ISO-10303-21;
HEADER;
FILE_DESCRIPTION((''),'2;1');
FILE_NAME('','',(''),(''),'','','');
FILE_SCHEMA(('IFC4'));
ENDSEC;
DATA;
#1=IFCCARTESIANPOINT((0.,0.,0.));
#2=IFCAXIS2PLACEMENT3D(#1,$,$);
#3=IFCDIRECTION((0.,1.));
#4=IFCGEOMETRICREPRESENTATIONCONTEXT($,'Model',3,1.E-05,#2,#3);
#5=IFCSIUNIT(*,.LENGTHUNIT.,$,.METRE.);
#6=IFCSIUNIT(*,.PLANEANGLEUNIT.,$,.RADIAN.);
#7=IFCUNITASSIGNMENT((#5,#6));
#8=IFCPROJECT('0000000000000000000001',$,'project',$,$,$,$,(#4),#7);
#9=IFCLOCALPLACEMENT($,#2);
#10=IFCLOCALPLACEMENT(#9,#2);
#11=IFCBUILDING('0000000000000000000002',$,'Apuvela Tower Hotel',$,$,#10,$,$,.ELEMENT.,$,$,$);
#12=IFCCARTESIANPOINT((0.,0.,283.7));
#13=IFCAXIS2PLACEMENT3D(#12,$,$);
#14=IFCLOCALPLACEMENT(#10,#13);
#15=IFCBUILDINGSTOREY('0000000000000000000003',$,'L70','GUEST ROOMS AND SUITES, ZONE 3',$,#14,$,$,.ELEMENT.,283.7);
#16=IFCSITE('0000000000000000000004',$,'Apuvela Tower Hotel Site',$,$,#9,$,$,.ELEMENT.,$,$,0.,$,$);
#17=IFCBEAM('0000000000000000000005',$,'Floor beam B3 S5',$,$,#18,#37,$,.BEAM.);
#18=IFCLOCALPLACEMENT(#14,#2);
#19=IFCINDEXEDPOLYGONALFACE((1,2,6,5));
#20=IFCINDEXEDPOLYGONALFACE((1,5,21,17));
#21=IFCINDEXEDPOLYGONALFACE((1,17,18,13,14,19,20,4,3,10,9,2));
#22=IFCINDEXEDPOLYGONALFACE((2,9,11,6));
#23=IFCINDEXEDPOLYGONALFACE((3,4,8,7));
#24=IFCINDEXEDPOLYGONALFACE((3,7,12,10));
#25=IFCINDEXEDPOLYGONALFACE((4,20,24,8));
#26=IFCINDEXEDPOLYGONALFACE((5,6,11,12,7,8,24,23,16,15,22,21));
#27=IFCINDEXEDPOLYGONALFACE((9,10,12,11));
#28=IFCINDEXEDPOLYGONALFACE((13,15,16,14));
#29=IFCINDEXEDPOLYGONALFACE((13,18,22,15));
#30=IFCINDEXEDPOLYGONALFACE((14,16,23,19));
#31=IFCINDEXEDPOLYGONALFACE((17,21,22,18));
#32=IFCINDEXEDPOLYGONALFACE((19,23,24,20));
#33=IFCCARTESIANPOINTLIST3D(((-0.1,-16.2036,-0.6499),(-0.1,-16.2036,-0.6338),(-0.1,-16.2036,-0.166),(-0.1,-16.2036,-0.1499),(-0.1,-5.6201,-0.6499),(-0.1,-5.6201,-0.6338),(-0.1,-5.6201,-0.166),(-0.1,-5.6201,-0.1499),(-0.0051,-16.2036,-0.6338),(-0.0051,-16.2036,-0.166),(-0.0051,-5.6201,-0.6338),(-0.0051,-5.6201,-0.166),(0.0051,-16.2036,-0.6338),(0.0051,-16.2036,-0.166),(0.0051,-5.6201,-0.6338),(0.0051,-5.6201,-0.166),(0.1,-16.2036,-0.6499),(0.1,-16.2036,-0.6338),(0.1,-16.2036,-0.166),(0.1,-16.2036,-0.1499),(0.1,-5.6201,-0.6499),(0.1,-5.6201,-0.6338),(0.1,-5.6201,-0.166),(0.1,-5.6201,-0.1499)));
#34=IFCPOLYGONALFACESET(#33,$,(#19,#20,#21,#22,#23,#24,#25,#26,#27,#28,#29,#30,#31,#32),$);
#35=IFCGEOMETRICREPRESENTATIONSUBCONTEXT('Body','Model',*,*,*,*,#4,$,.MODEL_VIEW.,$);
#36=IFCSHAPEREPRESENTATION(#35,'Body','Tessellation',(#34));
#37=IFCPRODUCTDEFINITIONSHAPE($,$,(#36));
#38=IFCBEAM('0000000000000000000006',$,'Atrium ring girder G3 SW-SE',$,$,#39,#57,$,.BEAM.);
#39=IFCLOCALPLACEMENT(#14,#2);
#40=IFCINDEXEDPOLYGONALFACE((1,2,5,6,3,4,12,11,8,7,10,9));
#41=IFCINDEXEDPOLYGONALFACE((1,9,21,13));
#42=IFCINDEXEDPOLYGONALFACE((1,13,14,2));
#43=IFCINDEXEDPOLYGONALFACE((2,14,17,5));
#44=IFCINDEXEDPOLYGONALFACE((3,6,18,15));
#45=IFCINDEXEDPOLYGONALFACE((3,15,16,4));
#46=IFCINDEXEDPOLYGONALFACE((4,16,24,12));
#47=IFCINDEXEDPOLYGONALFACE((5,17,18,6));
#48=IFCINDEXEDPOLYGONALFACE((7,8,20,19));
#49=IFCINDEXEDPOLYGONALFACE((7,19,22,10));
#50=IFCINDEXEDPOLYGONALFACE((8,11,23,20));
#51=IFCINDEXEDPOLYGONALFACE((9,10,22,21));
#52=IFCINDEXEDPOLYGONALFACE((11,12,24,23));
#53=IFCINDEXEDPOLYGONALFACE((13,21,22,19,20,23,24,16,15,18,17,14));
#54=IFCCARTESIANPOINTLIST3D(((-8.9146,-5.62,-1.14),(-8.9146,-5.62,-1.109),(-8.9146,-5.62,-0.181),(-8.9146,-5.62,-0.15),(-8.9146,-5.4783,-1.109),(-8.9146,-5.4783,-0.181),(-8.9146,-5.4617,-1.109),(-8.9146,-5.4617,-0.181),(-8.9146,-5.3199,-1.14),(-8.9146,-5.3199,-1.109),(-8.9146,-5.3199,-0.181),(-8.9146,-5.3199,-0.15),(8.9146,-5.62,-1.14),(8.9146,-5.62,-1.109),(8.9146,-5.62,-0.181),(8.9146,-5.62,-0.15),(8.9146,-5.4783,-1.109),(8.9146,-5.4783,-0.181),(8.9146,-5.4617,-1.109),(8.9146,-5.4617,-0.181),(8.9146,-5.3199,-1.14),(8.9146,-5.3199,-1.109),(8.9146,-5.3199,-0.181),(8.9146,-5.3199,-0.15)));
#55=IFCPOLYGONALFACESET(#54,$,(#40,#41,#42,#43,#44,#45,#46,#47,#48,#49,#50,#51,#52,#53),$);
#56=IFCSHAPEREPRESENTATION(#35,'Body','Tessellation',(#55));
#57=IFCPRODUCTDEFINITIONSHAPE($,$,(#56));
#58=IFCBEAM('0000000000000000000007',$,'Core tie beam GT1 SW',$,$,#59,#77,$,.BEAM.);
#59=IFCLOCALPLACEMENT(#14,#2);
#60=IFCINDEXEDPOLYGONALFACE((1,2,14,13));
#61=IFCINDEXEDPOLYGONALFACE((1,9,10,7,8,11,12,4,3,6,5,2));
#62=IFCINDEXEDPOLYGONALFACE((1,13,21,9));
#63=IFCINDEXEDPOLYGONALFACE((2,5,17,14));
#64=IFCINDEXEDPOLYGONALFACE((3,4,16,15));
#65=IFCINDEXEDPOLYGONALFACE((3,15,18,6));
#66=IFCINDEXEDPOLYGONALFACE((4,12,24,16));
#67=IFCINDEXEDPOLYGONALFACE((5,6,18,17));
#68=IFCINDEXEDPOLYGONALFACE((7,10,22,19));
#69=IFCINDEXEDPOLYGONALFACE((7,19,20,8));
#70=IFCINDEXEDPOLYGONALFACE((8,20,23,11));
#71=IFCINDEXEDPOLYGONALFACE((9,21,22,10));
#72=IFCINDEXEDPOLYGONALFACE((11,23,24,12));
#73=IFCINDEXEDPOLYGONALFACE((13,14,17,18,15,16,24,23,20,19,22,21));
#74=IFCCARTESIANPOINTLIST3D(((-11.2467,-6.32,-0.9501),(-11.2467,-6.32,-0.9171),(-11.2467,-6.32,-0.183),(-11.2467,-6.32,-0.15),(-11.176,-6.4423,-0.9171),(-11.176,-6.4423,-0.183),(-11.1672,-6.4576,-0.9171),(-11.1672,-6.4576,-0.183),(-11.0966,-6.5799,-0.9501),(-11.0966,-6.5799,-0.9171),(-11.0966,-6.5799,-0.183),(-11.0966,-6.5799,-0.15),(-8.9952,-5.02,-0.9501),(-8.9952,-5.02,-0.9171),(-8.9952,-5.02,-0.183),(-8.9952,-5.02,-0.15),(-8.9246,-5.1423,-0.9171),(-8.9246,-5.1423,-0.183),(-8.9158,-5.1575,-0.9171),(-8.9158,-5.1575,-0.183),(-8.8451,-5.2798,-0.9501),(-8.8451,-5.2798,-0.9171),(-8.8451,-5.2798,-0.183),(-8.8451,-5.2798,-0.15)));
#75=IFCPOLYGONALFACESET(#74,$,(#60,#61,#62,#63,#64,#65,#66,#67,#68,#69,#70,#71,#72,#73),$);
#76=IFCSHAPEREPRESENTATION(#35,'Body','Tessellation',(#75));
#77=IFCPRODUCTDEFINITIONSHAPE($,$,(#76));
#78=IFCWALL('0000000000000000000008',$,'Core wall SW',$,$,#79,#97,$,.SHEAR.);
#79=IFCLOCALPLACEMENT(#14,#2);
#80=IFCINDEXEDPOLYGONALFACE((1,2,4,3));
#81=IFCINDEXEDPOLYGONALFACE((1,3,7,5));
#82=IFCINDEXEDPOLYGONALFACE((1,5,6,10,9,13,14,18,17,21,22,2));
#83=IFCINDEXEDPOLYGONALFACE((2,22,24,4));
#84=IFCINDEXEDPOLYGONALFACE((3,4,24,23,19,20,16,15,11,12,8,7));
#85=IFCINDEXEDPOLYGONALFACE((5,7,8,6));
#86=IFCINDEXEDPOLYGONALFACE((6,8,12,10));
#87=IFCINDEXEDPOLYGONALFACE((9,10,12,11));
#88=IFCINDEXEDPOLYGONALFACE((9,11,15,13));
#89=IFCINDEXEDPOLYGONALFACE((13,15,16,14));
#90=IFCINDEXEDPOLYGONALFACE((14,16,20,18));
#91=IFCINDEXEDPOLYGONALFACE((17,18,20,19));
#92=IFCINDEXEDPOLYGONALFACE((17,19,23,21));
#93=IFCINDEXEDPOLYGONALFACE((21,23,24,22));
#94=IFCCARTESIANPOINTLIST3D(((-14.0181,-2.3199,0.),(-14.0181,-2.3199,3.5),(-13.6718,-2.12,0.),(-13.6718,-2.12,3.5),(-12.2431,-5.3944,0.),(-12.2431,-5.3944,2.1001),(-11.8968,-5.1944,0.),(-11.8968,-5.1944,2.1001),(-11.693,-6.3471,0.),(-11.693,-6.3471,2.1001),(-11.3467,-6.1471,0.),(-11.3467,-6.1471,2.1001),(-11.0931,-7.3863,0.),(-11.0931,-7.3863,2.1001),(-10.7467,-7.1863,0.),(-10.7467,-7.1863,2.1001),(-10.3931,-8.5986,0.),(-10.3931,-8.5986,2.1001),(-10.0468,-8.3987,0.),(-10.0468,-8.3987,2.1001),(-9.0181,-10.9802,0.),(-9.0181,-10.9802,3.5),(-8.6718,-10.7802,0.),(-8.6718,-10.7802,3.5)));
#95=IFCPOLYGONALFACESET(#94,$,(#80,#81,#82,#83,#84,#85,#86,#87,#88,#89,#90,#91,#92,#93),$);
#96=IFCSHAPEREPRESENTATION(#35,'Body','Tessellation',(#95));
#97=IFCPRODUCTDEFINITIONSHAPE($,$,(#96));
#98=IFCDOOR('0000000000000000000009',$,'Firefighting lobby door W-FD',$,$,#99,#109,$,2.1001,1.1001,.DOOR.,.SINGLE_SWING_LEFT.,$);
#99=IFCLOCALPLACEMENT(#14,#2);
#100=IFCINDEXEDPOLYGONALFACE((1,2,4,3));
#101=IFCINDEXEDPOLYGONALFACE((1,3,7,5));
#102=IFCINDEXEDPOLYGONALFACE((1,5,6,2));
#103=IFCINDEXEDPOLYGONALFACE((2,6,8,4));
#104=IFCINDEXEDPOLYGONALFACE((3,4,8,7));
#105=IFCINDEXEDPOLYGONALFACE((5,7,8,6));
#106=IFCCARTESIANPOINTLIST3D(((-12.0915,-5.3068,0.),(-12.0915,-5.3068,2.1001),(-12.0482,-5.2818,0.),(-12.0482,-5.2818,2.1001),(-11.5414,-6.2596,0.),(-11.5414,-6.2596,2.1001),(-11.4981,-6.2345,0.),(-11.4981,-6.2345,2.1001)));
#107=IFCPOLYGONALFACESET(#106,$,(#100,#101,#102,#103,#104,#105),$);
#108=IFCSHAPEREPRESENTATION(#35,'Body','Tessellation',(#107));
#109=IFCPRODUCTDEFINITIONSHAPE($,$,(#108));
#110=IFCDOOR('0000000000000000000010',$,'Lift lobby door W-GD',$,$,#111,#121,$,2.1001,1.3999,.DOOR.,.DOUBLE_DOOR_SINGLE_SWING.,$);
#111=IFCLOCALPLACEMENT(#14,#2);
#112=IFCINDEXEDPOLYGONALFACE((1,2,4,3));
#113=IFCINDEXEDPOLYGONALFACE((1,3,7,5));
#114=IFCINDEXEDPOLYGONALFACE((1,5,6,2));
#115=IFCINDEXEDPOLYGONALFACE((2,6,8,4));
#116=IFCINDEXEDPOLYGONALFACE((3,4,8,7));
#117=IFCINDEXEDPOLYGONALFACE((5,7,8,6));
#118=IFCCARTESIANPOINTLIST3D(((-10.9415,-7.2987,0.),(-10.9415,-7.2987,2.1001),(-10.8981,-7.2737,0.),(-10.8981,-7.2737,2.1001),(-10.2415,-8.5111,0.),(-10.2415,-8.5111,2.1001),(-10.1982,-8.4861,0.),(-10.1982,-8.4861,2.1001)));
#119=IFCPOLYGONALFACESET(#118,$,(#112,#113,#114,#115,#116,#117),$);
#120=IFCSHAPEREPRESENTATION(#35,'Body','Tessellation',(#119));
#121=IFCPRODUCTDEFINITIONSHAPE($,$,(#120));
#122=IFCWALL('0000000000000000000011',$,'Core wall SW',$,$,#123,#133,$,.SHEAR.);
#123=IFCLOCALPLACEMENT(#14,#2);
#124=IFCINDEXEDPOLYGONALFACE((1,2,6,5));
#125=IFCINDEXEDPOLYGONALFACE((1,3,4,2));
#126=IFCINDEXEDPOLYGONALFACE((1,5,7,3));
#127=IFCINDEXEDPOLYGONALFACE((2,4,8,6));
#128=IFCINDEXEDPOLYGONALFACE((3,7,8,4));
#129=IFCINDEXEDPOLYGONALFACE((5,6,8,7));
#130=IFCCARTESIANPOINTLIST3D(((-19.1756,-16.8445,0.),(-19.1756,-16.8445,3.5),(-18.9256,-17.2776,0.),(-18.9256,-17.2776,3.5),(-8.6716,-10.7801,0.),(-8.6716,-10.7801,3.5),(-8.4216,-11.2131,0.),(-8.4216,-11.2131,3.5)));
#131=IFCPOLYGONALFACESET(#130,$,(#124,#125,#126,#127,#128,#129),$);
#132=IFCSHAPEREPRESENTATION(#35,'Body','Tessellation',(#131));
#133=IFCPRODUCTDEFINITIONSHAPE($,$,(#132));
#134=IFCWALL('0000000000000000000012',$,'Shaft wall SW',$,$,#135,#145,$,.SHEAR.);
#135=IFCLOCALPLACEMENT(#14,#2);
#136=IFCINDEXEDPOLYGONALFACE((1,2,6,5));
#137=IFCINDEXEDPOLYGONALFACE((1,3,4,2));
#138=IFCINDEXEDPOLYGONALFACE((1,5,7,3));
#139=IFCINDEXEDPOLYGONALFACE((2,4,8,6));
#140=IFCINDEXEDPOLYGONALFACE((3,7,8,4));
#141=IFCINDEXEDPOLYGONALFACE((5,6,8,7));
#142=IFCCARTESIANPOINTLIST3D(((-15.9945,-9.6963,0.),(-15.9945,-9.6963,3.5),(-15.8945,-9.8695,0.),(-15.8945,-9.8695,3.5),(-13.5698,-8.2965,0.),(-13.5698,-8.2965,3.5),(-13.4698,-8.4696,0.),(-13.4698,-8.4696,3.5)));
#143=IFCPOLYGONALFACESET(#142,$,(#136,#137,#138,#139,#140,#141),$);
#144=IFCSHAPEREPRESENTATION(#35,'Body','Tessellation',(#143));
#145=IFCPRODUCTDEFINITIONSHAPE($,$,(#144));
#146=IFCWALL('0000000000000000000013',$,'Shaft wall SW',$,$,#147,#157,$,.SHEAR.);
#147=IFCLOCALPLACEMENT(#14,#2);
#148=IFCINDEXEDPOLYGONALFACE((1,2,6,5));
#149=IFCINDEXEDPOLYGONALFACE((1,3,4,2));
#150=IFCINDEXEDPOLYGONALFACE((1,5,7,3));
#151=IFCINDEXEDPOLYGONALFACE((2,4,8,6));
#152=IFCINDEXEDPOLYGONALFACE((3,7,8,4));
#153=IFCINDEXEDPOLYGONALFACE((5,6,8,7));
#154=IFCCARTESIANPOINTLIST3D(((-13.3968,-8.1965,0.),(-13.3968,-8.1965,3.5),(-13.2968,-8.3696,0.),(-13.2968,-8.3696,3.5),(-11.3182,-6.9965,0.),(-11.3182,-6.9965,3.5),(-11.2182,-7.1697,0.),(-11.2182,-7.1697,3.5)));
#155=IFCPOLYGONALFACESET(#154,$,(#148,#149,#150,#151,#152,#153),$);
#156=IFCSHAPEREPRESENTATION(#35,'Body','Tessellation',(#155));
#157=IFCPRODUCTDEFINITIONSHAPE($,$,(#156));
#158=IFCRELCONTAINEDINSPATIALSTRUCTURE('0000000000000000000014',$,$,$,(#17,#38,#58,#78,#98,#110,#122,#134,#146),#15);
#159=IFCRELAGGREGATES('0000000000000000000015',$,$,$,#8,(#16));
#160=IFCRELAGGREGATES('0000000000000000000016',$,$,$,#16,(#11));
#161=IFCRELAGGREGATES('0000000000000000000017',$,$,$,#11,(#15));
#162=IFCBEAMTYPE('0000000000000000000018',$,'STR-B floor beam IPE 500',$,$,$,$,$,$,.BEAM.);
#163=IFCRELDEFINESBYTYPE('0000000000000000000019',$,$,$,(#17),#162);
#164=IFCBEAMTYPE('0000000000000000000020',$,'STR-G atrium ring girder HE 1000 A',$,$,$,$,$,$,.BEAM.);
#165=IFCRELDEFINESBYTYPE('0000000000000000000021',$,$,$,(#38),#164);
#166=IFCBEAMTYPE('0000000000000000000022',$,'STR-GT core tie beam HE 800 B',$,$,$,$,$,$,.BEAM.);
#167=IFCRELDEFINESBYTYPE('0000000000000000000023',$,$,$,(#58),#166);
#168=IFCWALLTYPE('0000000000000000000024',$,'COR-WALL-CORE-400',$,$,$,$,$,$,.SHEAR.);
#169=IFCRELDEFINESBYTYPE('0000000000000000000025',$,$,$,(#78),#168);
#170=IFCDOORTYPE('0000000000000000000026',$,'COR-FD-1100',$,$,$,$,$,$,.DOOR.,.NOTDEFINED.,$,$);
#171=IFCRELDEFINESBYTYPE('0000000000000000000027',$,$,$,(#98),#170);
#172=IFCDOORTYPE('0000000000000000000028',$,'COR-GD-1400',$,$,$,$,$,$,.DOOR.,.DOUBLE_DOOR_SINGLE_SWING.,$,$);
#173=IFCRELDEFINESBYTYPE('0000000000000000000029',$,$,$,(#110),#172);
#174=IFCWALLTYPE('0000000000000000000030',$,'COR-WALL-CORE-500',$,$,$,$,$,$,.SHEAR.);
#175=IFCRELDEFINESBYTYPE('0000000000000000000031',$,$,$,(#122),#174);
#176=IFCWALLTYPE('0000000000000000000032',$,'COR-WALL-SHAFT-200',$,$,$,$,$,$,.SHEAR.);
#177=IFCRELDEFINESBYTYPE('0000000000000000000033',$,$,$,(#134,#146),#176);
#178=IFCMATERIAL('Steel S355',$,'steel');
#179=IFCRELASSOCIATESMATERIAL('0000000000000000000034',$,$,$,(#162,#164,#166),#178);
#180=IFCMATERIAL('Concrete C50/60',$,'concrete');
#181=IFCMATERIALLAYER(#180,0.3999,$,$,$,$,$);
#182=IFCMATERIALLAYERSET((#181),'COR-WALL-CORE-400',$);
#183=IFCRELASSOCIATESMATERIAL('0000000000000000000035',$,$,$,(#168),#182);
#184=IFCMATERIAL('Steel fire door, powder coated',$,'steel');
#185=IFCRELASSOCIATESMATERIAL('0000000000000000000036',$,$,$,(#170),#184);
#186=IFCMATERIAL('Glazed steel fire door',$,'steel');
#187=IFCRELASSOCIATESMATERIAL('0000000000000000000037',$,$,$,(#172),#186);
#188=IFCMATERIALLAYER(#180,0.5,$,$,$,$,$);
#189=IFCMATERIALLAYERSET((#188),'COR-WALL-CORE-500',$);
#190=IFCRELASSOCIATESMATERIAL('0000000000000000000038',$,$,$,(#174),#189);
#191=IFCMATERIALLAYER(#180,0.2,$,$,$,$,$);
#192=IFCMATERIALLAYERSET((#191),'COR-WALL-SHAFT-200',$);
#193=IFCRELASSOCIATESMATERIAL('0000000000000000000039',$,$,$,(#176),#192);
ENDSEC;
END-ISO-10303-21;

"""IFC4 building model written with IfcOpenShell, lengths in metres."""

from ifc_helpers import new_model, si_unit, direction, frame, frame_2d, origin, origin_2d, place, context, subcontext, project, spatial, rectangle, i_section, extrude, material, layer, layer_set, material_profile, profile_set, type_object, element, fill, save


model = new_model("IFC4")

# Units and contexts
model_context = context("Model", 3, precision=1e-05, world=origin(), true_north=direction((0.0, 1.0)))
body_context = subcontext(model_context, "Body", "Model", "MODEL_VIEW")
ifc_project = project(units=[si_unit("LENGTHUNIT", "METRE"), si_unit("PLANEANGLEUNIT", "RADIAN")], contexts=[model_context])

# Site, building, storey
site_placement = place(None, origin())
site = spatial("IfcSite", under=ifc_project, at=site_placement, Name="Apuvela Tower Hotel Site", CompositionType="ELEMENT", RefElevation=0.0)
building_placement = place(site_placement, origin())
building = spatial("IfcBuilding", under=site, at=building_placement, Name="Apuvela Tower Hotel", CompositionType="ELEMENT")
storey_placement = place(building_placement, frame((0.0, 0.0, 283.7)))
storey = spatial("IfcBuildingStorey", under=building, at=storey_placement, Name="L70", Description="GUEST ROOMS AND SUITES, ZONE 3", CompositionType="ELEMENT", Elevation=283.7)

# Beams
ifc_material_1 = material(Name="Steel S355", Category="steel")
ifc_material_profile_1 = material_profile(ifc_material_1, i_section(OverallWidth=0.2, OverallDepth=0.5, WebThickness=0.0103, FlangeThickness=0.0161, at=origin_2d()), Name="IPE 500")
ifc_profile_set_1 = profile_set([ifc_material_profile_1], Name="Steel S355")
beam_type_1 = type_object("IfcBeamType", Name="STR-B floor beam IPE 500", PredefinedType="BEAM", material=ifc_profile_set_1)
beam_1_placement = place(storey_placement, frame((0.0, -16.2036, -0.3999), z_axis=(0.0, 1.0, 0.0), x_axis=(-1.0, 0.0, 0.0)))
element("IfcBeam", 1, at=beam_1_placement, inside=storey, type_object=beam_type_1, Name="Floor beam B3 S5", PredefinedType="BEAM", context=body_context, shape_type="SweptSolid", body=[
    extrude(i_section(OverallWidth=0.2, OverallDepth=0.5, WebThickness=0.0103, FlangeThickness=0.0161, at=origin_2d()), origin(), (0.0, 0.0, 1.0), 10.5835),
])
ifc_material_profile_2 = material_profile(ifc_material_1, i_section(OverallWidth=0.3, OverallDepth=0.99, WebThickness=0.0166, FlangeThickness=0.031, at=origin_2d()), Name="HE 1000 A")
ifc_profile_set_2 = profile_set([ifc_material_profile_2], Name="Steel S355")
beam_type_2 = type_object("IfcBeamType", Name="STR-G atrium ring girder HE 1000 A", PredefinedType="BEAM", material=ifc_profile_set_2)
beam_2_placement = place(storey_placement, frame((-8.9146, -5.47, -0.645), z_axis=(1.0, 0.0, 0.0), x_axis=(0.0, 1.0, 0.0)))
element("IfcBeam", 2, at=beam_2_placement, inside=storey, type_object=beam_type_2, Name="Atrium ring girder G3 SW-SE", PredefinedType="BEAM", context=body_context, shape_type="SweptSolid", body=[
    extrude(i_section(OverallWidth=0.3, OverallDepth=0.99, WebThickness=0.0166, FlangeThickness=0.031, at=origin_2d()), origin(), (0.0, 0.0, 1.0), 17.8291),
])
ifc_material_profile_3 = material_profile(ifc_material_1, i_section(OverallWidth=0.3, OverallDepth=0.8, WebThickness=0.0176, FlangeThickness=0.033, at=origin_2d()), Name="HE 800 B")
ifc_profile_set_3 = profile_set([ifc_material_profile_3], Name="Steel S355")
beam_type_3 = type_object("IfcBeamType", Name="STR-GT core tie beam HE 800 B", PredefinedType="BEAM", material=ifc_profile_set_3)
beam_3_placement = place(storey_placement, frame((-11.1716, -6.45, -0.55), z_axis=(0.865998, 0.500048, 0.0), x_axis=(-0.500048, 0.865998, 0.0)))
element("IfcBeam", 3, at=beam_3_placement, inside=storey, type_object=beam_type_3, Name="Core tie beam GT1 SW", PredefinedType="BEAM", context=body_context, shape_type="SweptSolid", body=[
    extrude(i_section(OverallWidth=0.3, OverallDepth=0.8, WebThickness=0.0176, FlangeThickness=0.033, at=origin_2d()), origin(), (0.0, 0.0, 1.0), 2.5999),
])

# Wall, openings, doors
ifc_material_2 = material(Name="Concrete C50/60", Category="concrete")
ifc_layer_1 = layer(ifc_material_2, 0.3999)
ifc_layer_set_1 = layer_set([ifc_layer_1], Name="COR-WALL-CORE-400")
wall_type_1 = type_object("IfcWallType", Name="COR-WALL-CORE-400", PredefinedType="SHEAR", material=ifc_layer_set_1)
wall_1_placement = place(storey_placement, frame((-13.845, -2.22, 0.0), z_axis=(0.0, 0.0, 1.0), x_axis=(0.500004, -0.866023, 0.0)))
wall_1 = element("IfcWall", 4, at=wall_1_placement, inside=storey, type_object=wall_type_1, Name="Core wall SW", PredefinedType="SHEAR", context=body_context, shape_type="SweptSolid", body=[
    extrude(rectangle(XDim=10.0, YDim=0.3999, at=frame_2d((5.0, 0.0))), origin(), (0.0, 0.0, 1.0), 3.5),
])
opening_1_placement = place(wall_1_placement, frame((3.55, 0.0, 0.0)))
opening_1 = element("IfcOpeningElement", 5, at=opening_1_placement, cuts=wall_1, PredefinedType="OPENING", context=body_context, shape_type="SweptSolid", body=[
    extrude(rectangle(XDim=1.1001, YDim=2.1001, at=frame_2d((0.55, 1.05))), frame((0.0, 0.21, 0.0), z_axis=(0.0, -1.0, 0.0), x_axis=(1.0, 0.0, 0.0)), (0.0, 0.0, 1.0), 0.4199),
])
opening_2_placement = place(wall_1_placement, frame((5.8501, 0.0, 0.0)))
opening_2 = element("IfcOpeningElement", 6, at=opening_2_placement, cuts=wall_1, PredefinedType="OPENING", context=body_context, shape_type="SweptSolid", body=[
    extrude(rectangle(XDim=1.3999, YDim=2.1001, at=frame_2d((0.7, 1.05))), frame((0.0, 0.21, 0.0), z_axis=(0.0, -1.0, 0.0), x_axis=(1.0, 0.0, 0.0)), (0.0, 0.0, 1.0), 0.4199),
])
ifc_material_3 = material(Name="Steel fire door, powder coated", Category="steel")
door_type_1 = type_object("IfcDoorType", Name="COR-FD-1100", OperationType="NOTDEFINED", PredefinedType="DOOR", material=ifc_material_3)
door_1_placement = place(opening_1_placement, frame((1.1001, 0.0, 0.0), z_axis=(0.0, 0.0, 1.0), x_axis=(-1.0, 0.0, 0.0)))
door_1 = element("IfcDoor", 7, at=door_1_placement, inside=storey, type_object=door_type_1, Name="Firefighting lobby door W-FD", OperationType="SINGLE_SWING_LEFT", OverallHeight=2.1001, OverallWidth=1.1001, PredefinedType="DOOR", context=body_context, shape_type="SweptSolid", body=[
    extrude(rectangle(XDim=1.1001, YDim=2.1001, at=frame_2d((0.55, 1.05))), frame((0.0, 0.0249, 0.0), z_axis=(0.0, -1.0, 0.0), x_axis=(1.0, 0.0, 0.0)), (0.0, 0.0, 1.0), 0.05),
])
fill(opening_1, door_1)
ifc_material_4 = material(Name="Glazed steel fire door", Category="steel")
door_type_2 = type_object("IfcDoorType", Name="COR-GD-1400", OperationType="DOUBLE_DOOR_SINGLE_SWING", PredefinedType="DOOR", material=ifc_material_4)
door_2_placement = place(opening_2_placement, frame((1.3999, 0.0, 0.0), z_axis=(0.0, 0.0, 1.0), x_axis=(-1.0, 0.0, 0.0)))
door_2 = element("IfcDoor", 8, at=door_2_placement, inside=storey, type_object=door_type_2, Name="Lift lobby door W-GD", OperationType="DOUBLE_DOOR_SINGLE_SWING", OverallHeight=2.1001, OverallWidth=1.3999, PredefinedType="DOOR", context=body_context, shape_type="SweptSolid", body=[
    extrude(rectangle(XDim=1.3999, YDim=2.1001, at=frame_2d((0.7, 1.05))), frame((0.0, 0.0249, 0.0), z_axis=(0.0, -1.0, 0.0), x_axis=(1.0, 0.0, 0.0)), (0.0, 0.0, 1.0), 0.05),
])
fill(opening_2, door_2)

# Walls
ifc_layer_2 = layer(ifc_material_2, 0.5)
ifc_layer_set_2 = layer_set([ifc_layer_2], Name="COR-WALL-CORE-500")
wall_type_2 = type_object("IfcWallType", Name="COR-WALL-CORE-500", PredefinedType="SHEAR", material=ifc_layer_set_2)
wall_2_placement = place(storey_placement, frame((-8.5466, -10.9966, 0.0), z_axis=(0.0, 0.0, 1.0), x_axis=(-0.866025, -0.500001, 0.0)))
element("IfcWall", 9, at=wall_2_placement, inside=storey, type_object=wall_type_2, Name="Core wall SW", PredefinedType="SHEAR", context=body_context, shape_type="SweptSolid", body=[
    extrude(rectangle(XDim=12.1289, YDim=0.5, at=frame_2d((6.0645, 0.0))), origin(), (0.0, 0.0, 1.0), 3.5),
])
ifc_layer_3 = layer(ifc_material_2, 0.2)
ifc_layer_set_3 = layer_set([ifc_layer_3], Name="COR-WALL-SHAFT-200")
wall_type_3 = type_object("IfcWallType", Name="COR-WALL-SHAFT-200", PredefinedType="SHEAR", material=ifc_layer_set_3)
wall_3_placement = place(storey_placement, frame((-13.5198, -8.3831, 0.0), z_axis=(0.0, 0.0, 1.0), x_axis=(-0.866035, -0.499984, 0.0)))
element("IfcWall", 10, at=wall_3_placement, inside=storey, type_object=wall_type_3, Name="Shaft wall SW", PredefinedType="SHEAR", context=body_context, shape_type="SweptSolid", body=[
    extrude(rectangle(XDim=2.7998, YDim=0.2, at=frame_2d((1.3999, 0.0))), origin(), (0.0, 0.0, 1.0), 3.5),
])
wall_4_placement = place(storey_placement, frame((-11.2681, -7.083, 0.0), z_axis=(0.0, 0.0, 1.0), x_axis=(-0.86605, -0.499957, 0.0)))
element("IfcWall", 11, at=wall_4_placement, inside=storey, type_object=wall_type_3, Name="Shaft wall SW", PredefinedType="SHEAR", context=body_context, shape_type="SweptSolid", body=[
    extrude(rectangle(XDim=2.4001, YDim=0.2, at=frame_2d((1.2002, 0.0))), origin(), (0.0, 0.0, 1.0), 3.5),
])

save(model, "model.ifc")
